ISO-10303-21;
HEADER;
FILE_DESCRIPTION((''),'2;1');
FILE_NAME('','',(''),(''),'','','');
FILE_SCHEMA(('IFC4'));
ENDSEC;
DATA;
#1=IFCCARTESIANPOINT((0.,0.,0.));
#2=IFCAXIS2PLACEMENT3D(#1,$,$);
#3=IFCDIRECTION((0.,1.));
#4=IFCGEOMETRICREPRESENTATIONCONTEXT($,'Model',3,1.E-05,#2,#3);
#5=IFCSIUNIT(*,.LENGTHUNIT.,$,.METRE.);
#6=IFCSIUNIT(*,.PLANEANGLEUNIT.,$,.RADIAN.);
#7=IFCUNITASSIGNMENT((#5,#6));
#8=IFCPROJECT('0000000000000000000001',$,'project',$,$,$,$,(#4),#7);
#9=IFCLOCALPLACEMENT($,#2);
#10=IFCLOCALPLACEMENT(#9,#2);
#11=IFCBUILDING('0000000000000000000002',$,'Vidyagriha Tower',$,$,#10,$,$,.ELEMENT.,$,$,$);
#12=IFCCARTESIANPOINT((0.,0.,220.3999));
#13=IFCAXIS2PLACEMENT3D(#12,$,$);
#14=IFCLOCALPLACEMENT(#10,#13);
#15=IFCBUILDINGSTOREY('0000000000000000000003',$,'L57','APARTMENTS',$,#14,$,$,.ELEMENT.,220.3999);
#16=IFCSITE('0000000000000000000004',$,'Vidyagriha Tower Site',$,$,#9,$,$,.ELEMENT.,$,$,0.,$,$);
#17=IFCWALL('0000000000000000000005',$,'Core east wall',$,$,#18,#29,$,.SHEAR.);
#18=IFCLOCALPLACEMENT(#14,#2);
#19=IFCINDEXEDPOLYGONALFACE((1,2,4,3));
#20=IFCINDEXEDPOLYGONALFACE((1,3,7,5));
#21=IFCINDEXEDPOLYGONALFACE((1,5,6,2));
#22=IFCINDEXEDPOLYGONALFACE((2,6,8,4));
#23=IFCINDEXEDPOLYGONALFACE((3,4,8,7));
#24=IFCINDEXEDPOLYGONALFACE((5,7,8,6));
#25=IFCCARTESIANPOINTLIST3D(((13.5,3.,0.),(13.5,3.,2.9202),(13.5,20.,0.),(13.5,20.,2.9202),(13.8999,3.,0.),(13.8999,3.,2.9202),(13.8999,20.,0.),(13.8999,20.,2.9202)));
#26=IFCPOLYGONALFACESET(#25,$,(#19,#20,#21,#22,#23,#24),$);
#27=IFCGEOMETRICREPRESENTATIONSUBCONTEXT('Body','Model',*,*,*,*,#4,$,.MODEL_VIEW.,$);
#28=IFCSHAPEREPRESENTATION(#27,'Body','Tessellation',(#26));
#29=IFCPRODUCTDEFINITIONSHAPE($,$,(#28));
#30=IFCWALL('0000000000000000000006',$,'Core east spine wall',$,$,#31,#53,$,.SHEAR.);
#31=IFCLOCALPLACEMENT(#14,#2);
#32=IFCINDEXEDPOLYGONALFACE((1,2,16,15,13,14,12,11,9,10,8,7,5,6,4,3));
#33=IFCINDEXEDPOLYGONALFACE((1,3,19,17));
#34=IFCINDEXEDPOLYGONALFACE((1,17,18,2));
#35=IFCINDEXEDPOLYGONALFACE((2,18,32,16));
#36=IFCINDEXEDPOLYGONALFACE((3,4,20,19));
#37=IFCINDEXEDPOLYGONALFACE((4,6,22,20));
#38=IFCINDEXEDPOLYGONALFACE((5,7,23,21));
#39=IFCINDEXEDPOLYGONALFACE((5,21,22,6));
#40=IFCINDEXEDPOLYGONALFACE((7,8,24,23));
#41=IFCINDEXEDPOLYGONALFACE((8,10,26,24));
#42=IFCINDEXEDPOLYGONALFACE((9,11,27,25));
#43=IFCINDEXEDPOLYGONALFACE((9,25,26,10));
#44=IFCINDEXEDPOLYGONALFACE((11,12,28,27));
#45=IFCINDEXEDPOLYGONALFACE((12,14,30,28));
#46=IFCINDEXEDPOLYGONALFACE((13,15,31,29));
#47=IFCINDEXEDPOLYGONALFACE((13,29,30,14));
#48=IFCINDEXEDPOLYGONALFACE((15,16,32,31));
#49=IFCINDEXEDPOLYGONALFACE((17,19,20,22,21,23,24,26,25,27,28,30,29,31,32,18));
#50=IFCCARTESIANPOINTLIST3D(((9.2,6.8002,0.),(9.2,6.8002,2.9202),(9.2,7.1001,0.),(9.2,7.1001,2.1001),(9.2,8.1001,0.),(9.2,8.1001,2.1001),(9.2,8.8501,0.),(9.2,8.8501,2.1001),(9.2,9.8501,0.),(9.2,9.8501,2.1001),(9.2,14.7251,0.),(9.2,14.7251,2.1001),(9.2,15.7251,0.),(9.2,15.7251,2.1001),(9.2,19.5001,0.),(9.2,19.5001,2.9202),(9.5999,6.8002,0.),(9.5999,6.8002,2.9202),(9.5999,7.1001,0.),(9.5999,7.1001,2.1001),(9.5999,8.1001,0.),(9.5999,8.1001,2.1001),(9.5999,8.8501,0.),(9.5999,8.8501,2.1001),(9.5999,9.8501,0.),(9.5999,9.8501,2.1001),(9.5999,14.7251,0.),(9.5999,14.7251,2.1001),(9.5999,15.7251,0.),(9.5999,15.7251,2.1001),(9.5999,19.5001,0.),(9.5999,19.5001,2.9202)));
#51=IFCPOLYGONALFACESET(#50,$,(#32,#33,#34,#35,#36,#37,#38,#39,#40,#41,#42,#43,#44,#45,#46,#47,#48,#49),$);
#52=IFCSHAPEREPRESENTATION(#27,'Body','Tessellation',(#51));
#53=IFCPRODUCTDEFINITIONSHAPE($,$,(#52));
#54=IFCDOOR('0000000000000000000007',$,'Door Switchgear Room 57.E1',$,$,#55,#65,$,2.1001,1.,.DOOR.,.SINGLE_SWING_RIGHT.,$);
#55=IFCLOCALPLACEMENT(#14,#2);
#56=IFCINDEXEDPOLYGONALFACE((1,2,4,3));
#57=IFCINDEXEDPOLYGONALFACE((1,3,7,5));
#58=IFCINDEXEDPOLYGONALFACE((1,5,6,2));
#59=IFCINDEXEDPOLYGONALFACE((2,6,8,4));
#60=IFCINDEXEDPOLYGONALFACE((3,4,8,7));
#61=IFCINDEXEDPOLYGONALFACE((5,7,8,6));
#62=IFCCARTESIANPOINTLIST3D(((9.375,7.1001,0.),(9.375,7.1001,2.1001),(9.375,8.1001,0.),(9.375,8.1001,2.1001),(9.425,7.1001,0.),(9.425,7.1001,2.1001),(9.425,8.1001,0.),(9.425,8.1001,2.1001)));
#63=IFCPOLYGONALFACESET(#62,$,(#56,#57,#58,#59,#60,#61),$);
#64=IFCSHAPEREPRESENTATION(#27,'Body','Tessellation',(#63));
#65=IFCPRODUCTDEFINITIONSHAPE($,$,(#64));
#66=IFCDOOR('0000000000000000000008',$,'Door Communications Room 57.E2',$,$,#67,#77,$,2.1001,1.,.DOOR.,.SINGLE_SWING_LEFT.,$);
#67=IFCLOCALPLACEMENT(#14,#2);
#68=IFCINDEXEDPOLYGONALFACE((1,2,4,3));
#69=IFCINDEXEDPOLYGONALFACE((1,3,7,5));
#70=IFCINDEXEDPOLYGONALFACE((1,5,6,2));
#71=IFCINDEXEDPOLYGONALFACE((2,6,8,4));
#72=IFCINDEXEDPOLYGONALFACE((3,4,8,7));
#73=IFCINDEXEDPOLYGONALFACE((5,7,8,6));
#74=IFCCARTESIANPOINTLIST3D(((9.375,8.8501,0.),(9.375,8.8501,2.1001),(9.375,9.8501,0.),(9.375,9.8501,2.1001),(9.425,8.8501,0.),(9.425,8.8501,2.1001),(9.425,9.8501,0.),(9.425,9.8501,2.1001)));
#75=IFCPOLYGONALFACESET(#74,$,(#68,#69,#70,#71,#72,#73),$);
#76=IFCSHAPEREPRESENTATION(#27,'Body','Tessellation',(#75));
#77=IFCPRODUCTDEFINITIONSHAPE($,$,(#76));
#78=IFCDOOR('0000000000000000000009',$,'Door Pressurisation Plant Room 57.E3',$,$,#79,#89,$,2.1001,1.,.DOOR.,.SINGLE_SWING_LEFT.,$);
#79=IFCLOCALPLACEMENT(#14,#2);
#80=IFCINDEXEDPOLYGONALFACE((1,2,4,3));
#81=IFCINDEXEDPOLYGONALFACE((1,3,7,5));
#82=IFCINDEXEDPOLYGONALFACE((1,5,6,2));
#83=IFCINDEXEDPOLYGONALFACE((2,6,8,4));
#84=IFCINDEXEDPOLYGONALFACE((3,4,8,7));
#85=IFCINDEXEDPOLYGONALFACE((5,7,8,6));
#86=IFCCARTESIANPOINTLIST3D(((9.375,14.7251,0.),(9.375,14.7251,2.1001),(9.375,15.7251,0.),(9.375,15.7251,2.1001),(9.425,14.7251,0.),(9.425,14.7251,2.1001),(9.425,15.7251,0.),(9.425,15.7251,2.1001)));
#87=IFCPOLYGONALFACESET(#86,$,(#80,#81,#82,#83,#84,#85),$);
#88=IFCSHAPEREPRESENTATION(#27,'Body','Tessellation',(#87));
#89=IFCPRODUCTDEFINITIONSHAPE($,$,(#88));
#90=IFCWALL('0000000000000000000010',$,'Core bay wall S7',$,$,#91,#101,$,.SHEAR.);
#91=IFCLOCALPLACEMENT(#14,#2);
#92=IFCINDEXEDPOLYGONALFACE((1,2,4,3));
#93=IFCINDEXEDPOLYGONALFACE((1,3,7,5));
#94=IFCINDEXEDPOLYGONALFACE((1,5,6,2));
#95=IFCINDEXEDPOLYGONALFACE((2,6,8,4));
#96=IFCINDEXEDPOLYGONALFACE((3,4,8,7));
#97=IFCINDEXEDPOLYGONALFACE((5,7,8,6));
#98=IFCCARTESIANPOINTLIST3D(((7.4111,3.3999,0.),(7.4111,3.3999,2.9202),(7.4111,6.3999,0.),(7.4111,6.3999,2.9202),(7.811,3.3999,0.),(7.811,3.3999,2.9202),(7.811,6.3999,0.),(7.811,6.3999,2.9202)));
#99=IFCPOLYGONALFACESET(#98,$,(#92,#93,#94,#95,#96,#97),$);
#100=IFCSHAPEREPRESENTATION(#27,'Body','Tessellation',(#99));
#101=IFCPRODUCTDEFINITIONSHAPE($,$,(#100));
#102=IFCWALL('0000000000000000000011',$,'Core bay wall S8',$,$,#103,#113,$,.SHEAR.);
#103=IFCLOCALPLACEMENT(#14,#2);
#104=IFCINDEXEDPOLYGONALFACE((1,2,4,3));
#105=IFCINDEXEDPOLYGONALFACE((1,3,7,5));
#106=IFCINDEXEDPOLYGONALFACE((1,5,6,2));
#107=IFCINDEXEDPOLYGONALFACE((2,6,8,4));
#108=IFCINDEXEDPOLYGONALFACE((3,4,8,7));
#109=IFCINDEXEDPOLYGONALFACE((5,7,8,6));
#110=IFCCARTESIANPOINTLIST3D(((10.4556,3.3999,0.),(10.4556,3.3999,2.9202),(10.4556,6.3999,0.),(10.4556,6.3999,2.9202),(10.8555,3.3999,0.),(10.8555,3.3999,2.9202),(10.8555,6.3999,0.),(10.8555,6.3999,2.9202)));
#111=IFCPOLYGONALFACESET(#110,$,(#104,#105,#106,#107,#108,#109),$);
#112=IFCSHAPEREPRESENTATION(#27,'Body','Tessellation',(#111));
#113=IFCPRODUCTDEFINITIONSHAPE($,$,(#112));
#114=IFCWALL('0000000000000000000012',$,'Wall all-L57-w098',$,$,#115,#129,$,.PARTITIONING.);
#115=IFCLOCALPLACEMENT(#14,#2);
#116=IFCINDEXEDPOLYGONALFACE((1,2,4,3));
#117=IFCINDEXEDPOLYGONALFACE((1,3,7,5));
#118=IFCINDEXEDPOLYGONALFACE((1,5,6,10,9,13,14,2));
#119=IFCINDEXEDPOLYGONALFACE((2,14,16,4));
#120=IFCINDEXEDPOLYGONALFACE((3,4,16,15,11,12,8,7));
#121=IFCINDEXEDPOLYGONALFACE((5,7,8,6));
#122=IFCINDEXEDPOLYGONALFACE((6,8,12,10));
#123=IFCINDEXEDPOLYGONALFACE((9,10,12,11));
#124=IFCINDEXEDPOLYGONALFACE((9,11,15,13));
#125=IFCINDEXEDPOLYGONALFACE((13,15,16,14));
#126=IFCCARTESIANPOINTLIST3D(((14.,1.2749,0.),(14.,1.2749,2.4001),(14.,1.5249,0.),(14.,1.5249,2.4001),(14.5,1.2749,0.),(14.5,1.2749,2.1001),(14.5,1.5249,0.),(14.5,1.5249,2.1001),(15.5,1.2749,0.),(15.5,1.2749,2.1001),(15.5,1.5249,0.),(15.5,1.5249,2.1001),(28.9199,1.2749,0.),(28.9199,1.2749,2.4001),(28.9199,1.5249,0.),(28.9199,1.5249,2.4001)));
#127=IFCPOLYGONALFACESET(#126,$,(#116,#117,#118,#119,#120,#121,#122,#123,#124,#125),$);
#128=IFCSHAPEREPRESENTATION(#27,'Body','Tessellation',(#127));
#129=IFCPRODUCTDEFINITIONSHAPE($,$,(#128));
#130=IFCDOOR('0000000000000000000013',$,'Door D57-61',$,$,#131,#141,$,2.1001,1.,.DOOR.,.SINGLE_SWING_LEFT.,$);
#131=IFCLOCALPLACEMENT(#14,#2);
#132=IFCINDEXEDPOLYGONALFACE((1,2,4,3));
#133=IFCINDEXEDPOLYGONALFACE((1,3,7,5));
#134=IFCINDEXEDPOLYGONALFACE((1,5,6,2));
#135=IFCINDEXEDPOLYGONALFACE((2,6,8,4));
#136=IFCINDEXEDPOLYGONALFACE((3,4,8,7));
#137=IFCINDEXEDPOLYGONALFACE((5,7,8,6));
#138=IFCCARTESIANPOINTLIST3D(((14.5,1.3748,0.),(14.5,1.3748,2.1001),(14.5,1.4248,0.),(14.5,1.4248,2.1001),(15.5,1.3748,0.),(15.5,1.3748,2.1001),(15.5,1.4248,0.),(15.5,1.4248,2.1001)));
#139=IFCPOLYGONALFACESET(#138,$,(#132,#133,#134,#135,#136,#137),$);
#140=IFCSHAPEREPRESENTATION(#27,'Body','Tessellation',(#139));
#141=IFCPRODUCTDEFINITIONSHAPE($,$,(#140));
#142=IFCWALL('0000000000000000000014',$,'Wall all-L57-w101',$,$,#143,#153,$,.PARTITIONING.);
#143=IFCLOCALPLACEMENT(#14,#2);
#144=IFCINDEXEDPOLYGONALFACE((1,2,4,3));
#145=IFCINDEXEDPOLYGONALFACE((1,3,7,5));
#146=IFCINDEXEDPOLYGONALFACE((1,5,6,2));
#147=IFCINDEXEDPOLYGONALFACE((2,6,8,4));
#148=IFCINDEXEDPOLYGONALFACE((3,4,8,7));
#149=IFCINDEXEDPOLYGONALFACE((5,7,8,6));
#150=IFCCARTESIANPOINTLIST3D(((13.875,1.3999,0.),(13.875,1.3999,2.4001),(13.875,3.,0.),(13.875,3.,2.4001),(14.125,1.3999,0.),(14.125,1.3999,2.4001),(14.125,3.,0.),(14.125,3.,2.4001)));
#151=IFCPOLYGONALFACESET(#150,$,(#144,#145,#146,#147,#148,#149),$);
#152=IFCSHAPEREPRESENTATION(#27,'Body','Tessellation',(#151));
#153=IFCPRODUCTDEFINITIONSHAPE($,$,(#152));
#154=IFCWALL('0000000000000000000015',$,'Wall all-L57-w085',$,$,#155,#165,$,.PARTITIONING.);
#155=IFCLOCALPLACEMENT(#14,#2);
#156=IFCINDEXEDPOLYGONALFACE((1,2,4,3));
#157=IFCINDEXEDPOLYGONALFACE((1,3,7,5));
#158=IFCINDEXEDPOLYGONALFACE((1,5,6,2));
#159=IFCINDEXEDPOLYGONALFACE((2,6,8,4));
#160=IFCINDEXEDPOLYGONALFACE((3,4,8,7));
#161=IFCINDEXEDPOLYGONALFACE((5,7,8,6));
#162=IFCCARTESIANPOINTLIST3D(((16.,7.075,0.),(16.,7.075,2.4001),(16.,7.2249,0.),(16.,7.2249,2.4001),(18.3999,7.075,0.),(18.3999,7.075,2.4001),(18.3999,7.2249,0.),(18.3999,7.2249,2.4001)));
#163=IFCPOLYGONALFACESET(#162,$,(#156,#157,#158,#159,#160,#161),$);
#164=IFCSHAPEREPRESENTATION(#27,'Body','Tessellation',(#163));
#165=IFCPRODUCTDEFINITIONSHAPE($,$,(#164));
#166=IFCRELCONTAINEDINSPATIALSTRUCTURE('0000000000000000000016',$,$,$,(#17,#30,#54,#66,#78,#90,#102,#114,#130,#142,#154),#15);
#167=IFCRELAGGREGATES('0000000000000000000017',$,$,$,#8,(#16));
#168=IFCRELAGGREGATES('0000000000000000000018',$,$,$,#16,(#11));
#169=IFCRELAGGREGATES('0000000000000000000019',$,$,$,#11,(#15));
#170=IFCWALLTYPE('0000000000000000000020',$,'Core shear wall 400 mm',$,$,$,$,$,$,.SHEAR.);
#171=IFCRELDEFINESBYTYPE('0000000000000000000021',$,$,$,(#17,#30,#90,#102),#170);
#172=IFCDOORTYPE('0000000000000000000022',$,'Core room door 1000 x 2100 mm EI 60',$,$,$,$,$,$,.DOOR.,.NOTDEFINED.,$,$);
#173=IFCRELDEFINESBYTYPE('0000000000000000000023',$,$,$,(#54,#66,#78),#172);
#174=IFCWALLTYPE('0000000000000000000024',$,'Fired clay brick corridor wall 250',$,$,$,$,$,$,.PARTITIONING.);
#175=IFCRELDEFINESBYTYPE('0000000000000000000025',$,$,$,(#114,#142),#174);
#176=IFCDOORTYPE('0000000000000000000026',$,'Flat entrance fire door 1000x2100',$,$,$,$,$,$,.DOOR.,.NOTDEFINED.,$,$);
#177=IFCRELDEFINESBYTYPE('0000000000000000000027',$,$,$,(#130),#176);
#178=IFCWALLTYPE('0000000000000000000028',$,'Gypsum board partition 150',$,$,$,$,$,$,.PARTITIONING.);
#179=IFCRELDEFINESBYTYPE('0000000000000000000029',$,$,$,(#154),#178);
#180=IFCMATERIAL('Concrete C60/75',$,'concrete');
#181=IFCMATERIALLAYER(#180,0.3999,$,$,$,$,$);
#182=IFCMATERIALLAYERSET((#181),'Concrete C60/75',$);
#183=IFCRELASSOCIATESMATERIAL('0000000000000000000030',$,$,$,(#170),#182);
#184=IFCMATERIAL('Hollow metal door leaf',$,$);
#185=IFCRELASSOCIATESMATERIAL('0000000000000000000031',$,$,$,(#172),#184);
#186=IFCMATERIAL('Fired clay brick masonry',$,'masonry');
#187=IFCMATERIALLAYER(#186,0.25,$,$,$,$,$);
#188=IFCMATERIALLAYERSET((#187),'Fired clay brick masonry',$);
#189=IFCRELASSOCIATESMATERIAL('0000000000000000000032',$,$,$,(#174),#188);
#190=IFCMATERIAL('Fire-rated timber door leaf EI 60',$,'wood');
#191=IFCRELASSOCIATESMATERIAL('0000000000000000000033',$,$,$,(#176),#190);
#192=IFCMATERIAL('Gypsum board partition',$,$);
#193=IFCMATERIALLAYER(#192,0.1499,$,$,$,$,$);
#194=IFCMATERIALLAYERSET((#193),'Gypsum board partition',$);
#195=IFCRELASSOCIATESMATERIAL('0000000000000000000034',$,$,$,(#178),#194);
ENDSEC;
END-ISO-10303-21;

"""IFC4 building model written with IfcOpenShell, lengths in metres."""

from ifc_helpers import new_model, si_unit, direction, frame, frame_2d, origin, place, context, subcontext, project, spatial, rectangle, extrude, material, layer, layer_set, type_object, element, fill, save


model = new_model("IFC4")

# Units and contexts
model_context = context("Model", 3, precision=1e-05, world=origin(), true_north=direction((0.0, 1.0)))
body_context = subcontext(model_context, "Body", "Model", "MODEL_VIEW")
ifc_project = project(units=[si_unit("LENGTHUNIT", "METRE"), si_unit("PLANEANGLEUNIT", "RADIAN")], contexts=[model_context])

# Site, building, storey
site_placement = place(None, origin())
site = spatial("IfcSite", under=ifc_project, at=site_placement, Name="Vidyagriha Tower Site", CompositionType="ELEMENT", RefElevation=0.0)
building_placement = place(site_placement, origin())
building = spatial("IfcBuilding", under=site, at=building_placement, Name="Vidyagriha Tower", CompositionType="ELEMENT")
storey_placement = place(building_placement, frame((0.0, 0.0, 220.3999)))
storey = spatial("IfcBuildingStorey", under=building, at=storey_placement, Name="L57", Description="APARTMENTS", CompositionType="ELEMENT", Elevation=220.3999)

# Wall
ifc_material_1 = material(Name="Concrete C60/75", Category="concrete")
ifc_layer_1 = layer(ifc_material_1, 0.3999)
ifc_layer_set_1 = layer_set([ifc_layer_1], Name="Concrete C60/75")
wall_type_1 = type_object("IfcWallType", Name="Core shear wall 400 mm", PredefinedType="SHEAR", material=ifc_layer_set_1)
wall_1_placement = place(storey_placement, frame((13.7, 3.0, 0.0), z_axis=(0.0, 0.0, 1.0), x_axis=(0.0, 1.0, 0.0)))
element("IfcWall", 1, at=wall_1_placement, inside=storey, type_object=wall_type_1, Name="Core east wall", PredefinedType="SHEAR", context=body_context, shape_type="SweptSolid", body=[
    extrude(rectangle(XDim=17.0, YDim=0.3999, at=frame_2d((8.5, 0.0))), origin(), (0.0, 0.0, 1.0), 2.9202),
])

# Wall, openings, doors
wall_2_placement = place(storey_placement, frame((9.3999, 6.8, 0.0), z_axis=(0.0, 0.0, 1.0), x_axis=(0.0, 1.0, 0.0)))
wall_2 = element("IfcWall", 2, at=wall_2_placement, inside=storey, type_object=wall_type_1, Name="Core east spine wall", PredefinedType="SHEAR", context=body_context, shape_type="SweptSolid", body=[
    extrude(rectangle(XDim=12.7, YDim=0.3999, at=frame_2d((6.3501, 0.0))), origin(), (0.0, 0.0, 1.0), 2.9202),
])
opening_1_placement = place(wall_2_placement, frame((0.3, 0.0, 0.0)))
opening_1 = element("IfcOpeningElement", 3, at=opening_1_placement, cuts=wall_2, PredefinedType="OPENING", context=body_context, shape_type="SweptSolid", body=[
    extrude(rectangle(XDim=1.0, YDim=2.1001, at=frame_2d((0.5, 1.05))), frame((0.0, 0.21, 0.0), z_axis=(0.0, -1.0, 0.0), x_axis=(1.0, 0.0, 0.0)), (0.0, 0.0, 1.0), 0.4199),
])
opening_2_placement = place(wall_2_placement, frame((2.05, 0.0, 0.0)))
opening_2 = element("IfcOpeningElement", 4, at=opening_2_placement, cuts=wall_2, PredefinedType="OPENING", context=body_context, shape_type="SweptSolid", body=[
    extrude(rectangle(XDim=1.0, YDim=2.1001, at=frame_2d((0.5, 1.05))), frame((0.0, 0.21, 0.0), z_axis=(0.0, -1.0, 0.0), x_axis=(1.0, 0.0, 0.0)), (0.0, 0.0, 1.0), 0.4199),
])
opening_3_placement = place(wall_2_placement, frame((7.925, 0.0, 0.0)))
opening_3 = element("IfcOpeningElement", 5, at=opening_3_placement, cuts=wall_2, PredefinedType="OPENING", context=body_context, shape_type="SweptSolid", body=[
    extrude(rectangle(XDim=1.0, YDim=2.1001, at=frame_2d((0.5, 1.05))), frame((0.0, 0.21, 0.0), z_axis=(0.0, -1.0, 0.0), x_axis=(1.0, 0.0, 0.0)), (0.0, 0.0, 1.0), 0.4199),
])
ifc_material_2 = material(Name="Hollow metal door leaf")
door_type_1 = type_object("IfcDoorType", Name="Core room door 1000 x 2100 mm EI 60", OperationType="NOTDEFINED", PredefinedType="DOOR", material=ifc_material_2)
door_1_placement = place(opening_1_placement, origin())
door_1 = element("IfcDoor", 6, at=door_1_placement, inside=storey, type_object=door_type_1, Name="Door Switchgear Room 57.E1", OperationType="SINGLE_SWING_RIGHT", OverallHeight=2.1001, OverallWidth=1.0, PredefinedType="DOOR", context=body_context, shape_type="SweptSolid", body=[
    extrude(rectangle(XDim=1.0, YDim=2.1001, at=frame_2d((0.5, 1.05))), frame((0.0, 0.0249, 0.0), z_axis=(0.0, -1.0, 0.0), x_axis=(1.0, 0.0, 0.0)), (0.0, 0.0, 1.0), 0.05),
])
fill(opening_1, door_1)
door_2_placement = place(opening_2_placement, origin())
door_2 = element("IfcDoor", 7, at=door_2_placement, inside=storey, type_object=door_type_1, Name="Door Communications Room 57.E2", OperationType="SINGLE_SWING_LEFT", OverallHeight=2.1001, OverallWidth=1.0, PredefinedType="DOOR", context=body_context, shape_type="SweptSolid", body=[
    extrude(rectangle(XDim=1.0, YDim=2.1001, at=frame_2d((0.5, 1.05))), frame((0.0, 0.0249, 0.0), z_axis=(0.0, -1.0, 0.0), x_axis=(1.0, 0.0, 0.0)), (0.0, 0.0, 1.0), 0.05),
])
fill(opening_2, door_2)
door_3_placement = place(opening_3_placement, origin())
door_3 = element("IfcDoor", 8, at=door_3_placement, inside=storey, type_object=door_type_1, Name="Door Pressurisation Plant Room 57.E3", OperationType="SINGLE_SWING_LEFT", OverallHeight=2.1001, OverallWidth=1.0, PredefinedType="DOOR", context=body_context, shape_type="SweptSolid", body=[
    extrude(rectangle(XDim=1.0, YDim=2.1001, at=frame_2d((0.5, 1.05))), frame((0.0, 0.0249, 0.0), z_axis=(0.0, -1.0, 0.0), x_axis=(1.0, 0.0, 0.0)), (0.0, 0.0, 1.0), 0.05),
])
fill(opening_3, door_3)

# Walls
for number, where, z_axis, x_axis, name in (
    (9, (7.6111, 3.3999, 0.0), (0.0, 0.0, 1.0), (0.0, 1.0, 0.0), "Core bay wall S7"),
    (10, (10.6555, 3.3999, 0.0), (0.0, 0.0, 1.0), (0.0, 1.0, 0.0), "Core bay wall S8"),
):
    element("IfcWall", number, at=place(storey_placement, frame(where, z_axis=z_axis, x_axis=x_axis)), inside=storey, type_object=wall_type_1, Name=name, PredefinedType="SHEAR", context=body_context, shape_type="SweptSolid", body=[
        extrude(rectangle(XDim=3.0, YDim=0.3999, at=frame_2d((1.5, 0.0))), origin(), (0.0, 0.0, 1.0), 2.9202),
    ])

# Wall, opening, door
ifc_material_3 = material(Name="Fired clay brick masonry", Category="masonry")
ifc_layer_2 = layer(ifc_material_3, 0.25)
ifc_layer_set_2 = layer_set([ifc_layer_2], Name="Fired clay brick masonry")
wall_type_2 = type_object("IfcWallType", Name="Fired clay brick corridor wall 250", PredefinedType="PARTITIONING", material=ifc_layer_set_2)
wall_3_placement = place(storey_placement, frame((14.0, 1.3999, 0.0)))
wall_3 = element("IfcWall", 11, at=wall_3_placement, inside=storey, type_object=wall_type_2, Name="Wall all-L57-w098", PredefinedType="PARTITIONING", context=body_context, shape_type="SweptSolid", body=[
    extrude(rectangle(XDim=14.9199, YDim=0.25, at=frame_2d((7.46, 0.0))), origin(), (0.0, 0.0, 1.0), 2.4001),
])
opening_4_placement = place(wall_3_placement, frame((0.5, 0.0, 0.0)))
opening_4 = element("IfcOpeningElement", 12, at=opening_4_placement, cuts=wall_3, PredefinedType="OPENING", context=body_context, shape_type="SweptSolid", body=[
    extrude(rectangle(XDim=1.0, YDim=2.1001, at=frame_2d((0.5, 1.05))), frame((0.0, 0.135, 0.0), z_axis=(0.0, -1.0, 0.0), x_axis=(1.0, 0.0, 0.0)), (0.0, 0.0, 1.0), 0.27),
])
ifc_material_4 = material(Name="Fire-rated timber door leaf EI 60", Category="wood")
door_type_2 = type_object("IfcDoorType", Name="Flat entrance fire door 1000x2100", OperationType="NOTDEFINED", PredefinedType="DOOR", material=ifc_material_4)
door_4_placement = place(opening_4_placement, origin())
door_4 = element("IfcDoor", 13, at=door_4_placement, inside=storey, type_object=door_type_2, Name="Door D57-61", OperationType="SINGLE_SWING_LEFT", OverallHeight=2.1001, OverallWidth=1.0, PredefinedType="DOOR", context=body_context, shape_type="SweptSolid", body=[
    extrude(rectangle(XDim=1.0, YDim=2.1001, at=frame_2d((0.5, 1.05))), frame((0.0, 0.0249, 0.0), z_axis=(0.0, -1.0, 0.0), x_axis=(1.0, 0.0, 0.0)), (0.0, 0.0, 1.0), 0.05),
])
fill(opening_4, door_4)

# Walls
wall_4_placement = place(storey_placement, frame((14.0, 1.3999, 0.0), z_axis=(0.0, 0.0, 1.0), x_axis=(0.0, 1.0, 0.0)))
element("IfcWall", 14, at=wall_4_placement, inside=storey, type_object=wall_type_2, Name="Wall all-L57-w101", PredefinedType="PARTITIONING", context=body_context, shape_type="SweptSolid", body=[
    extrude(rectangle(XDim=1.6001, YDim=0.25, at=frame_2d((0.8, 0.0))), origin(), (0.0, 0.0, 1.0), 2.4001),
])
ifc_material_5 = material(Name="Gypsum board partition")
ifc_layer_3 = layer(ifc_material_5, 0.1499)
ifc_layer_set_3 = layer_set([ifc_layer_3], Name="Gypsum board partition")
wall_type_3 = type_object("IfcWallType", Name="Gypsum board partition 150", PredefinedType="PARTITIONING", material=ifc_layer_set_3)
wall_5_placement = place(storey_placement, frame((16.0, 7.1499, 0.0)))
element("IfcWall", 15, at=wall_5_placement, inside=storey, type_object=wall_type_3, Name="Wall all-L57-w085", PredefinedType="PARTITIONING", context=body_context, shape_type="SweptSolid", body=[
    extrude(rectangle(XDim=2.3999, YDim=0.1499, at=frame_2d((1.2, 0.0))), origin(), (0.0, 0.0, 1.0), 2.4001),
])

save(model, "model.ifc")
